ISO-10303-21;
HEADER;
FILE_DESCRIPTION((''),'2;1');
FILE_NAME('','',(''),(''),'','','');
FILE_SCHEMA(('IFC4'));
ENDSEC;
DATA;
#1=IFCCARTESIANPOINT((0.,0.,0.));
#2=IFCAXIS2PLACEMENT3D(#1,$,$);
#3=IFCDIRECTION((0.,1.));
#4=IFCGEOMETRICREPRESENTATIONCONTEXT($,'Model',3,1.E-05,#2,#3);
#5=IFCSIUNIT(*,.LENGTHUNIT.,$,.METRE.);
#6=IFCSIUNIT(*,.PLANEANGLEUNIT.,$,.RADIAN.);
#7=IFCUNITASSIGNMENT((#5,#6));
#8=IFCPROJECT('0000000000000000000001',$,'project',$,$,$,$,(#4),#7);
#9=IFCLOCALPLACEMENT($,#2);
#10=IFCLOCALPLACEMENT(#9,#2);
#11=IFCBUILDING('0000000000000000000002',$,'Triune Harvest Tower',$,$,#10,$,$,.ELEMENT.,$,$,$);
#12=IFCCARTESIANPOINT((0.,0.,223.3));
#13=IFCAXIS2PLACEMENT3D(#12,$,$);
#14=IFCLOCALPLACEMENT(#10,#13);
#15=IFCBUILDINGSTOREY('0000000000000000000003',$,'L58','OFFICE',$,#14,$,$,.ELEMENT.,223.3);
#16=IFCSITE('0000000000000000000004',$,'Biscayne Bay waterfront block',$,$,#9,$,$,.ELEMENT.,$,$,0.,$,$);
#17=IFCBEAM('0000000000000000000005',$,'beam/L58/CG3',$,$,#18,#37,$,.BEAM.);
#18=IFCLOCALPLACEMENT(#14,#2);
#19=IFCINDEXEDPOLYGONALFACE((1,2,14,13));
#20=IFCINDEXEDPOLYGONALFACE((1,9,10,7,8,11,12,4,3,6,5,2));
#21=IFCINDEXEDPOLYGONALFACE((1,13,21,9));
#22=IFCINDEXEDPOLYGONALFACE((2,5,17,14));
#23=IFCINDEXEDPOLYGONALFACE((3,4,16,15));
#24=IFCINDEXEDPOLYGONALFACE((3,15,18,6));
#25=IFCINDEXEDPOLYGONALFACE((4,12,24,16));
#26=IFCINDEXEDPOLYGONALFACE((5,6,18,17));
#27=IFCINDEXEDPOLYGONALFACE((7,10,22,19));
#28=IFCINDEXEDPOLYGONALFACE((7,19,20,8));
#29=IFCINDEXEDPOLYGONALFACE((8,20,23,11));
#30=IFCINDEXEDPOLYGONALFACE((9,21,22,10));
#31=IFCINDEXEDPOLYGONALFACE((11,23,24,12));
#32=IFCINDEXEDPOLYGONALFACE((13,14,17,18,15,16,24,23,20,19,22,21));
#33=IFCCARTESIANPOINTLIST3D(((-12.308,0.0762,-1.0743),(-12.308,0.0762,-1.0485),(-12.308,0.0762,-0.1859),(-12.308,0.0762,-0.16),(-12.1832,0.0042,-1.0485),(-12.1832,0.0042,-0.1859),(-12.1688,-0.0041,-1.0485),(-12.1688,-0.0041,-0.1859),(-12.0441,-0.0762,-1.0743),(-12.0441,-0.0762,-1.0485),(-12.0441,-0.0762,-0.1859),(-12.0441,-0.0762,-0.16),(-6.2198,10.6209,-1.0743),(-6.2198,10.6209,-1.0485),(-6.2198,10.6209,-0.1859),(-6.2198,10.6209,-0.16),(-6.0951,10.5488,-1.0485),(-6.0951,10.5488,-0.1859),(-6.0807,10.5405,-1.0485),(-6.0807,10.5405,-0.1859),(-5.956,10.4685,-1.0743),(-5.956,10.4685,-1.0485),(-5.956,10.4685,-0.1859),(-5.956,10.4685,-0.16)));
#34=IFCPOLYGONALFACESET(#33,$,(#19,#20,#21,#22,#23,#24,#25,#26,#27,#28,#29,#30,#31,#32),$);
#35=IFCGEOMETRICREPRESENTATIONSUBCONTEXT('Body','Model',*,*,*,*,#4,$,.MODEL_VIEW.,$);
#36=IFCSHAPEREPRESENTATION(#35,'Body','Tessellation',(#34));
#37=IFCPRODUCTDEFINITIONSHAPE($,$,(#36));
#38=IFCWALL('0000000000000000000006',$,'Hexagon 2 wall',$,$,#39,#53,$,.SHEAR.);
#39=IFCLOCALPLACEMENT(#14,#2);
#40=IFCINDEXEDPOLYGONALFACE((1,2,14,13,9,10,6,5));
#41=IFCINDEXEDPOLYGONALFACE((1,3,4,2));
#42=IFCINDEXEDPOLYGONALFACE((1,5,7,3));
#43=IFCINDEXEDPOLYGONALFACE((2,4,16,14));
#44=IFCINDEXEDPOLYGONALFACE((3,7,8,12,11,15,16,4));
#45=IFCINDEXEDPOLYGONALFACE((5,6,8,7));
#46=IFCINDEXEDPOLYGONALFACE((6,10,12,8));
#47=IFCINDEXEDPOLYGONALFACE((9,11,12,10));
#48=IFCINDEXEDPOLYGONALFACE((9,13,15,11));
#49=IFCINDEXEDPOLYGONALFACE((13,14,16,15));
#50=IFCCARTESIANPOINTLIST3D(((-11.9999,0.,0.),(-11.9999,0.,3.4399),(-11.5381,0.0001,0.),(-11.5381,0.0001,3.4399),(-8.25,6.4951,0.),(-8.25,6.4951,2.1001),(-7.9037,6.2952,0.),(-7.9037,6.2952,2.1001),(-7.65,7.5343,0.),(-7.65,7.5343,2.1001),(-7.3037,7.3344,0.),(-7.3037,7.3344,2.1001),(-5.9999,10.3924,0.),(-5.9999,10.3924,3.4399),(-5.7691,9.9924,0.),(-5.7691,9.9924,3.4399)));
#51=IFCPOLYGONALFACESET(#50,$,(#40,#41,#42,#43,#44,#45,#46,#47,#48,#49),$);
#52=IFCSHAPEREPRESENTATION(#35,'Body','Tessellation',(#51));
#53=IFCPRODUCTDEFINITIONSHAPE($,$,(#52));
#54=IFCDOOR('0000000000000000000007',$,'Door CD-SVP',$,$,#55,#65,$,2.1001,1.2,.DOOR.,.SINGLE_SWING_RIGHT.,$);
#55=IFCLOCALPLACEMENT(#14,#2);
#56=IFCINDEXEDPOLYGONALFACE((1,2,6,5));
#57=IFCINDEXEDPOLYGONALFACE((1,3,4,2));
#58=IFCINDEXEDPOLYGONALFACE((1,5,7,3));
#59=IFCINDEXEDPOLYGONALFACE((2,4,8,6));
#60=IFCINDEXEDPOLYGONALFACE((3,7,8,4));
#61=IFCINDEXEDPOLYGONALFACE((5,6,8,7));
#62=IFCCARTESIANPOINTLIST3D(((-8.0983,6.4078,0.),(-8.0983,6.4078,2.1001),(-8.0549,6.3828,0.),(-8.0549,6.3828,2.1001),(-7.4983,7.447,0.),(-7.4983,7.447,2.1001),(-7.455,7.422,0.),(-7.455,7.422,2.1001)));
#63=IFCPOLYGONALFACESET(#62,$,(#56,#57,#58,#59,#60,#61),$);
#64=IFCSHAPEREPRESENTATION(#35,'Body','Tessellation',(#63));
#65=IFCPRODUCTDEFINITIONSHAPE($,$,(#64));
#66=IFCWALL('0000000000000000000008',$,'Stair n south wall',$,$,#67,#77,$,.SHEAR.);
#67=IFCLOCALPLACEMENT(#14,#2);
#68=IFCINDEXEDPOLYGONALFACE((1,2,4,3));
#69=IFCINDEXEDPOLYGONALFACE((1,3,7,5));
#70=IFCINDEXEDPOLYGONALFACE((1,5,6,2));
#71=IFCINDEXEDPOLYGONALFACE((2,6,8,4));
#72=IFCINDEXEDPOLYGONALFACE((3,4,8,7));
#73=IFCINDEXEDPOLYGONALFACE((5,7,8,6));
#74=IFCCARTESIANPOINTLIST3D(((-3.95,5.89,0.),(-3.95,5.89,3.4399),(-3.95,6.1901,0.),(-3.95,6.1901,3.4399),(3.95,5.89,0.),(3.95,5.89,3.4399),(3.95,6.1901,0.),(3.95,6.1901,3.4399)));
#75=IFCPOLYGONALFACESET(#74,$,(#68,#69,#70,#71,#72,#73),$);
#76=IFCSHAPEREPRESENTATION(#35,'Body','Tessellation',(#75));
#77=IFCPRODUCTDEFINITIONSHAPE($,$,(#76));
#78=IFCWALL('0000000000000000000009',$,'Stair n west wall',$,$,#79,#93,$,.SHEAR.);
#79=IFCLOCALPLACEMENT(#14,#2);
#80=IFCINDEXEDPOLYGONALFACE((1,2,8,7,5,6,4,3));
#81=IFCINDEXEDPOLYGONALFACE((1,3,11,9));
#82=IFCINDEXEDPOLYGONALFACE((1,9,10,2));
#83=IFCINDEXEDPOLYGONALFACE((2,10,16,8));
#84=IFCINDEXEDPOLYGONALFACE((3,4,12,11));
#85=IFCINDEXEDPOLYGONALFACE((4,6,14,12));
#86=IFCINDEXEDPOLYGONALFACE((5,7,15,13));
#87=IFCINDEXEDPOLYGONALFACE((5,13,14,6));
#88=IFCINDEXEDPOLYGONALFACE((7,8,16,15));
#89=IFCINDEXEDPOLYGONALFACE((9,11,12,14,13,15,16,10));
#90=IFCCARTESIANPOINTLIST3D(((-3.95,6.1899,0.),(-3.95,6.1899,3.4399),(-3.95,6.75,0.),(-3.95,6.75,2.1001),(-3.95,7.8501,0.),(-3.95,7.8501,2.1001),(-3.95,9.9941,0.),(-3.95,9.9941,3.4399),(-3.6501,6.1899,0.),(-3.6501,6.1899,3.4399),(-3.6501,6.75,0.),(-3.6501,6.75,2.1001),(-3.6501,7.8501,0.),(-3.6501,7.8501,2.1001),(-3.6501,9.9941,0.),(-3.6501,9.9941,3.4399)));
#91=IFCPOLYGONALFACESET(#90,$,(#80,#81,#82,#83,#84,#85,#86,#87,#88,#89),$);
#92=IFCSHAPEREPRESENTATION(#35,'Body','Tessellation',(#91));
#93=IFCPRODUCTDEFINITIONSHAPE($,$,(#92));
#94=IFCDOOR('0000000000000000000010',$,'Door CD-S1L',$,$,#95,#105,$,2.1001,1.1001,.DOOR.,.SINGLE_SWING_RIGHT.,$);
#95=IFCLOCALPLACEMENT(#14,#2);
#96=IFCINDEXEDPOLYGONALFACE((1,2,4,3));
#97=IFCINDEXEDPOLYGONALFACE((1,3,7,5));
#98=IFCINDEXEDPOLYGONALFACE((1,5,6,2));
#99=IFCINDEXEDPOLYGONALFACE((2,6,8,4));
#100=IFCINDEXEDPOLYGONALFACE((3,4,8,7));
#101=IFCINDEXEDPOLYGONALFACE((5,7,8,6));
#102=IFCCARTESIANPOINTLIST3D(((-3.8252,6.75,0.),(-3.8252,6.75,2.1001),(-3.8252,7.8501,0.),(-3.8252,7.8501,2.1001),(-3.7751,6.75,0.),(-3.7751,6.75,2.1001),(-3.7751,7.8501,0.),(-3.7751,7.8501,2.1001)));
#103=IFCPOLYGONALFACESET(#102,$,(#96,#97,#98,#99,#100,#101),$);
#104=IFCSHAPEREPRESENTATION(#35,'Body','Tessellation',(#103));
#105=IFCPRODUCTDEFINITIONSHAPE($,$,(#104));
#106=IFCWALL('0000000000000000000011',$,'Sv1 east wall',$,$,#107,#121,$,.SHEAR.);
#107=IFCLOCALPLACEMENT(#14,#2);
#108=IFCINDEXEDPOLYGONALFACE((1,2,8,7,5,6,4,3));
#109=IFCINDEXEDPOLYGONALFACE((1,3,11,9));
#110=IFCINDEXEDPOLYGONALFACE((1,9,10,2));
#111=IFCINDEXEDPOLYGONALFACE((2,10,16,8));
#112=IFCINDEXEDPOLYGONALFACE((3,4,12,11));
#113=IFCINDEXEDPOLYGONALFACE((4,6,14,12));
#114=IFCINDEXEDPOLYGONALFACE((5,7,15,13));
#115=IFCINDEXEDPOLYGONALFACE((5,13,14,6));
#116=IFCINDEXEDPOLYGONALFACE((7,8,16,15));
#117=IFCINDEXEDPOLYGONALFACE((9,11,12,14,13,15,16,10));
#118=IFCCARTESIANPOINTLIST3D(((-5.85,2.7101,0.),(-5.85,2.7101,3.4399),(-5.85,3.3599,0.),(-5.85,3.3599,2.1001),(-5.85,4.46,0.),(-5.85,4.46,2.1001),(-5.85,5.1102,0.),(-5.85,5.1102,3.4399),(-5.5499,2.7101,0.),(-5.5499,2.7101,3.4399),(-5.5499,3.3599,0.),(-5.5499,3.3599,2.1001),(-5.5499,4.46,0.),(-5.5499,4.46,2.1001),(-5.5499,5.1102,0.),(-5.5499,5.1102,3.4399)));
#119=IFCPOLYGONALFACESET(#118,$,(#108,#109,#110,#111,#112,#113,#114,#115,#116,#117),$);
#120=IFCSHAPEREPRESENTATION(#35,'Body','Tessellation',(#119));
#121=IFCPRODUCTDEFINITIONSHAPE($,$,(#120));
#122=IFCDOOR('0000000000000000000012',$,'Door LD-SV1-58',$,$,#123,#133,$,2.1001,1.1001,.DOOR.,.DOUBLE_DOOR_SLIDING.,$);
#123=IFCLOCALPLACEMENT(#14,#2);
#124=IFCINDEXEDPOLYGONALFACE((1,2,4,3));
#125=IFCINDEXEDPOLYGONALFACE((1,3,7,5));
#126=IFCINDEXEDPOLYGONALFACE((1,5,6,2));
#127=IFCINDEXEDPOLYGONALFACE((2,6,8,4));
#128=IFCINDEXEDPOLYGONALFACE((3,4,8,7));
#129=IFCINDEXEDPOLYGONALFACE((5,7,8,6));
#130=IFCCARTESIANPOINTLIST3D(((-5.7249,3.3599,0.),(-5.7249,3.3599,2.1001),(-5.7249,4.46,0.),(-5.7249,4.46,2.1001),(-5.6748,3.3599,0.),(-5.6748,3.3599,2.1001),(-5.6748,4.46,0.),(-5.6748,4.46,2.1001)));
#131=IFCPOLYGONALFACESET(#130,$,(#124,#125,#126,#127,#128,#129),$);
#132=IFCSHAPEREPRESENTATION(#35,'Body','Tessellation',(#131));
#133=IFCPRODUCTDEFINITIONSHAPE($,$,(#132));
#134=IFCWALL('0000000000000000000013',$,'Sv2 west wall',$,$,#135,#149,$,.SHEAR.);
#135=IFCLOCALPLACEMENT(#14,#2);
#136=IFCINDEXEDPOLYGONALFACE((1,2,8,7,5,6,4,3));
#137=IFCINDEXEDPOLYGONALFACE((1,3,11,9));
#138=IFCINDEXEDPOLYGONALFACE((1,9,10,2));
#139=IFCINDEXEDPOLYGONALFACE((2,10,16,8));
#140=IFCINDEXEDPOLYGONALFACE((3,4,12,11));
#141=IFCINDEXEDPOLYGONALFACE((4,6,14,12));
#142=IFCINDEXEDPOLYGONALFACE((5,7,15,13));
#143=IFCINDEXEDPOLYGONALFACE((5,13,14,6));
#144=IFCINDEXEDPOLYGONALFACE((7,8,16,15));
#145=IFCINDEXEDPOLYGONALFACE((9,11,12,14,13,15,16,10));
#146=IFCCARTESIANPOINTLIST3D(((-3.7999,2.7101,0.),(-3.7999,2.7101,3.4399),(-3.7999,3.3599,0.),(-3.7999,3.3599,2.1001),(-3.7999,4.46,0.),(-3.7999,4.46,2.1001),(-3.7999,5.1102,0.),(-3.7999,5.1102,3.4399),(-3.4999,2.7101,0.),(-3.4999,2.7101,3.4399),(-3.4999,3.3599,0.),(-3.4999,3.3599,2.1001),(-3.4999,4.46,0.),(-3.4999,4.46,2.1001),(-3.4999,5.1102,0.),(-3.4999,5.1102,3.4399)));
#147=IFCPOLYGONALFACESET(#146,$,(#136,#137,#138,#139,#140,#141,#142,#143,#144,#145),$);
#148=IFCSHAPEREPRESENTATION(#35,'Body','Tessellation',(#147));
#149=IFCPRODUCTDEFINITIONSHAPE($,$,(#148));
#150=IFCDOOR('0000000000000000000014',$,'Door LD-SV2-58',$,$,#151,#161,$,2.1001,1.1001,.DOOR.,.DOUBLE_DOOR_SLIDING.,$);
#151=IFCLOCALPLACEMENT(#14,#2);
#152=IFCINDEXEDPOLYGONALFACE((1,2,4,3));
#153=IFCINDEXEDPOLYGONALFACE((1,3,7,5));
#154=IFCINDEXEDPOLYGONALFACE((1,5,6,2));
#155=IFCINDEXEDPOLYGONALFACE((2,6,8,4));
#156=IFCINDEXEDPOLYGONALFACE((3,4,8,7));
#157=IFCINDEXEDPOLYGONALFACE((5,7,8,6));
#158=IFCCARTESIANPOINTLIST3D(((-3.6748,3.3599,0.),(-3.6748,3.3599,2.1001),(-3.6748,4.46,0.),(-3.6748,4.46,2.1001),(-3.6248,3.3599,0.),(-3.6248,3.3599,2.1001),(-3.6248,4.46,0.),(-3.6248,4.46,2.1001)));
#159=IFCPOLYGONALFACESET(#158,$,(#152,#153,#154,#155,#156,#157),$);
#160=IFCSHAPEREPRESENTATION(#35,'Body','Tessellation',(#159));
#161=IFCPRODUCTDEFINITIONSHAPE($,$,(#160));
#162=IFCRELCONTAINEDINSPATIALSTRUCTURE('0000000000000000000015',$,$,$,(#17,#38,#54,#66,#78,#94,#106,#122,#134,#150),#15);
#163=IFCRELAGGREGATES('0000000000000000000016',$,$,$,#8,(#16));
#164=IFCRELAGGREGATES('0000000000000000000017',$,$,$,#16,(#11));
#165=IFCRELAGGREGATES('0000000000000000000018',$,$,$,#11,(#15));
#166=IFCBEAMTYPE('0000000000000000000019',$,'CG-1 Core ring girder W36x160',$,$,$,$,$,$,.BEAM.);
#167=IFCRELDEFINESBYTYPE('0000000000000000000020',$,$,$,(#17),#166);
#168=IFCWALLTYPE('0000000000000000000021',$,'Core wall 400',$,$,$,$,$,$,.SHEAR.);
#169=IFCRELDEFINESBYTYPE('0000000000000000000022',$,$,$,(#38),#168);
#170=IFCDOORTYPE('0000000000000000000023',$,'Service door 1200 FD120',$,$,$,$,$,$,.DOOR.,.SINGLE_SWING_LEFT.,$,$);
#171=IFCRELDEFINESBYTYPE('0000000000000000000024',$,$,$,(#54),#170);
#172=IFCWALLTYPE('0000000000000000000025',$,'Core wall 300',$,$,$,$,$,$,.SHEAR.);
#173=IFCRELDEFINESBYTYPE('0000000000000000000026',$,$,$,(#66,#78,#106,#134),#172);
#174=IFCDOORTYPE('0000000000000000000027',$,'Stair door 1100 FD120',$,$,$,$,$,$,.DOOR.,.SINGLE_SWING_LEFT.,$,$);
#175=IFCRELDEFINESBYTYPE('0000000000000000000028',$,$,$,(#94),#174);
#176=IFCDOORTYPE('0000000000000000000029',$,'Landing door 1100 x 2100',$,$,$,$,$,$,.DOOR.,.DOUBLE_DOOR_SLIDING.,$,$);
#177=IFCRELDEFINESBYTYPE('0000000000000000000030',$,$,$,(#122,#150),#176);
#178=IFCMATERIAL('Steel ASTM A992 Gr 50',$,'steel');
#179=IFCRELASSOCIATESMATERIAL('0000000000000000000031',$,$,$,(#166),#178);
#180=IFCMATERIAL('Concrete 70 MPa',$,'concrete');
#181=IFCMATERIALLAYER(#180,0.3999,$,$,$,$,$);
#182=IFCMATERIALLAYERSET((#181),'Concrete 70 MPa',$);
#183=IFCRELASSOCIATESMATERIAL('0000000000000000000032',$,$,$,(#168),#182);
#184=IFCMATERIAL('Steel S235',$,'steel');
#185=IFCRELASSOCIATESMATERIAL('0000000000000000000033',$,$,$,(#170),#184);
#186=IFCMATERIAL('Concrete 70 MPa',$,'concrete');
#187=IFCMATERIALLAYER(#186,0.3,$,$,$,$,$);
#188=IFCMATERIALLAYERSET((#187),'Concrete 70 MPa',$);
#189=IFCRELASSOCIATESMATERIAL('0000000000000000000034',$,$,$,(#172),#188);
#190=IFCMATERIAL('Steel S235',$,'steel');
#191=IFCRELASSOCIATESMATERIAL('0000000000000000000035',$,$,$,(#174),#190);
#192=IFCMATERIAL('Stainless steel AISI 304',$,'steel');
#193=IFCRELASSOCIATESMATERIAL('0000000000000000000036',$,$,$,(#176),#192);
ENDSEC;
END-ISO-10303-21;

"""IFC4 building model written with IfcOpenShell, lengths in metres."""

from ifc_helpers import new_model, si_unit, direction, frame, frame_2d, origin, origin_2d, place, context, subcontext, project, spatial, polyline, rectangle, i_section, outline, extrude, source, transform, mapped, material, layer, layer_set, material_profile, profile_set, type_object, element, fill, save


model = new_model("IFC4")

# Units and contexts
model_context = context("Model", 3, precision=1e-05, world=origin(), true_north=direction((0.0, 1.0)))
body_context = subcontext(model_context, "Body", "Model", "MODEL_VIEW")
ifc_project = project(units=[si_unit("LENGTHUNIT", "METRE"), si_unit("PLANEANGLEUNIT", "RADIAN")], contexts=[model_context])

# Site, building, storey
site_placement = place(None, origin())
site = spatial("IfcSite", under=ifc_project, at=site_placement, Name="Biscayne Bay waterfront block", CompositionType="ELEMENT", RefElevation=0.0)
building_placement = place(site_placement, origin())
building = spatial("IfcBuilding", under=site, at=building_placement, Name="Triune Harvest Tower", CompositionType="ELEMENT")
storey_placement = place(building_placement, frame((0.0, 0.0, 223.3)))
storey = spatial("IfcBuildingStorey", under=building, at=storey_placement, Name="L58", Description="OFFICE", CompositionType="ELEMENT", Elevation=223.3)

# Beam
ifc_material_1 = material(Name="Steel ASTM A992 Gr 50", Category="steel")
ifc_material_profile = material_profile(ifc_material_1, i_section(OverallWidth=0.3047, OverallDepth=0.9143, WebThickness=0.0166, FlangeThickness=0.0259, at=origin_2d()), Name="W36x160")
ifc_profile_set = profile_set([ifc_material_profile], Name="Steel ASTM A992 Gr 50")
beam_type = type_object("IfcBeamType", Name="CG-1 Core ring girder W36x160", PredefinedType="BEAM", material=ifc_profile_set)
shared_shape_1 = source(origin(), body_context, "Body", "SweptSolid", [
    extrude(i_section(OverallWidth=0.3047, OverallDepth=0.9143, WebThickness=0.0166, FlangeThickness=0.0259, at=origin_2d()), origin(), (0.0, 0.0, 1.0), 12.176),
])
beam_placement = place(storey_placement, frame((-6.0879, 10.5447, -0.6172), z_axis=(-0.50001, -0.86602, 0.0), x_axis=(0.86602, -0.50001, 0.0)))
element("IfcBeam", 1, at=beam_placement, inside=storey, type_object=beam_type, Name="beam/L58/CG3", PredefinedType="BEAM", context=body_context, shape_type="MappedRepresentation", body=[
    mapped(shared_shape_1, transform((0.0, 0.0, 0.0), scale=1.0)),
])

# Wall, opening, door
ifc_material_2 = material(Name="Concrete 70 MPa", Category="concrete")
ifc_layer_1 = layer(ifc_material_2, 0.3999)
ifc_layer_set_1 = layer_set([ifc_layer_1], Name="Concrete 70 MPa")
wall_type_1 = type_object("IfcWallType", Name="Core wall 400", PredefinedType="SHEAR", material=ifc_layer_set_1)
shared_shape_2 = source(origin(), body_context, "Body", "SweptSolid", [
    extrude(outline(polyline([(-0.1155, -0.2), (11.8845, -0.2), (11.6536, 0.2), (0.1155, 0.2), (-0.1155, -0.2)])), origin(), (0.0, 0.0, 1.0), 3.4399),
])
wall_1_placement = place(storey_placement, frame((-5.8845, 10.1924, 0.0), z_axis=(0.0, 0.0, 1.0), x_axis=(-0.499997, -0.866027, 0.0)))
wall_1 = element("IfcWall", 2, at=wall_1_placement, inside=storey, type_object=wall_type_1, Name="Hexagon 2 wall", PredefinedType="SHEAR", context=body_context, shape_type="MappedRepresentation", body=[
    mapped(shared_shape_2, transform((0.0, 0.0, 0.0), scale=1.0)),
])
opening_1_placement = place(wall_1_placement, frame((3.1846, 0.0, 0.0)))
opening_1 = element("IfcOpeningElement", 3, at=opening_1_placement, cuts=wall_1, PredefinedType="OPENING", context=body_context, shape_type="SweptSolid", body=[
    extrude(rectangle(XDim=1.2, YDim=2.1001, at=frame_2d((0.6001, 1.05))), frame((0.0, 0.21, 0.0), z_axis=(0.0, -1.0, 0.0), x_axis=(1.0, 0.0, 0.0)), (0.0, 0.0, 1.0), 0.4199),
])
ifc_material_3 = material(Name="Steel S235", Category="steel")
door_type_1 = type_object("IfcDoorType", Name="Service door 1200 FD120", OperationType="SINGLE_SWING_LEFT", PredefinedType="DOOR", material=ifc_material_3)
door_1_placement = place(opening_1_placement, frame((1.2, 0.0, 0.0), z_axis=(0.0, 0.0, 1.0), x_axis=(-1.0, 0.0, 0.0)))
door_1 = element("IfcDoor", 4, at=door_1_placement, inside=storey, type_object=door_type_1, Name="Door CD-SVP", OperationType="SINGLE_SWING_RIGHT", OverallHeight=2.1001, OverallWidth=1.2, PredefinedType="DOOR", context=body_context, shape_type="SweptSolid", body=[
    extrude(rectangle(XDim=1.2, YDim=2.1001, at=frame_2d((0.6001, 1.05))), frame((0.0, 0.0249, 0.0), z_axis=(0.0, -1.0, 0.0), x_axis=(1.0, 0.0, 0.0)), (0.0, 0.0, 1.0), 0.05),
])
fill(opening_1, door_1)

# Wall
ifc_material_4 = material(Name="Concrete 70 MPa", Category="concrete")
ifc_layer_2 = layer(ifc_material_4, 0.3)
ifc_layer_set_2 = layer_set([ifc_layer_2], Name="Concrete 70 MPa")
wall_type_2 = type_object("IfcWallType", Name="Core wall 300", PredefinedType="SHEAR", material=ifc_layer_set_2)
shared_shape_3 = source(origin(), body_context, "Body", "SweptSolid", [
    extrude(rectangle(XDim=7.8999, YDim=0.3, at=frame_2d((3.95, 0.0))), origin(), (0.0, 0.0, 1.0), 3.4399),
])
wall_2_placement = place(storey_placement, frame((-3.95, 6.04, 0.0), z_axis=(0.0, 0.0, 1.0), x_axis=(1.0, 0.0, 0.0)))
element("IfcWall", 5, at=wall_2_placement, inside=storey, type_object=wall_type_2, Name="Stair n south wall", PredefinedType="SHEAR", context=body_context, shape_type="MappedRepresentation", body=[
    mapped(shared_shape_3, transform((0.0, 0.0, 0.0), scale=1.0)),
])

# Walls, openings, doors
shared_shape_4 = source(origin(), body_context, "Body", "SweptSolid", [
    extrude(outline(polyline([(0.0, -0.1499), (0.0, 0.1499), (3.8042, 0.1499), (3.8042, -0.1499), (0.0, -0.1499)])), origin(), (0.0, 0.0, 1.0), 3.4399),
])
wall_3_placement = place(storey_placement, frame((-3.8, 6.1899, 0.0), z_axis=(0.0, 0.0, 1.0), x_axis=(0.0, 1.0, 0.0)))
wall_3 = element("IfcWall", 6, at=wall_3_placement, inside=storey, type_object=wall_type_2, Name="Stair n west wall", PredefinedType="SHEAR", context=body_context, shape_type="MappedRepresentation", body=[
    mapped(shared_shape_4, transform((0.0, 0.0, 0.0), scale=1.0)),
])
opening_2_placement = place(wall_3_placement, frame((0.5601, 0.0, 0.0)))
opening_2 = element("IfcOpeningElement", 7, at=opening_2_placement, cuts=wall_3, PredefinedType="OPENING", context=body_context, shape_type="SweptSolid", body=[
    extrude(rectangle(XDim=1.1001, YDim=2.1001, at=frame_2d((0.55, 1.05))), frame((0.0, 0.1602, 0.0), z_axis=(0.0, -1.0, 0.0), x_axis=(1.0, 0.0, 0.0)), (0.0, 0.0, 1.0), 0.3201),
])
ifc_material_5 = material(Name="Steel S235", Category="steel")
door_type_2 = type_object("IfcDoorType", Name="Stair door 1100 FD120", OperationType="SINGLE_SWING_LEFT", PredefinedType="DOOR", material=ifc_material_5)
door_2_placement = place(opening_2_placement, frame((1.1001, 0.0, 0.0), z_axis=(0.0, 0.0, 1.0), x_axis=(-1.0, 0.0, 0.0)))
door_2 = element("IfcDoor", 8, at=door_2_placement, inside=storey, type_object=door_type_2, Name="Door CD-S1L", OperationType="SINGLE_SWING_RIGHT", OverallHeight=2.1001, OverallWidth=1.1001, PredefinedType="DOOR", context=body_context, shape_type="SweptSolid", body=[
    extrude(rectangle(XDim=1.1001, YDim=2.1001, at=frame_2d((0.55, 1.05))), frame((0.0, 0.0249, 0.0), z_axis=(0.0, -1.0, 0.0), x_axis=(1.0, 0.0, 0.0)), (0.0, 0.0, 1.0), 0.05),
])
fill(opening_2, door_2)
shared_shape_5 = source(origin(), body_context, "Body", "SweptSolid", [
    extrude(rectangle(XDim=2.4001, YDim=0.3, at=frame_2d((1.2002, 0.0))), origin(), (0.0, 0.0, 1.0), 3.4399),
])
wall_4_placement = place(storey_placement, frame((-5.7, 2.71, 0.0), z_axis=(0.0, 0.0, 1.0), x_axis=(0.0, 1.0, 0.0)))
wall_4 = element("IfcWall", 9, at=wall_4_placement, inside=storey, type_object=wall_type_2, Name="Sv1 east wall", PredefinedType="SHEAR", context=body_context, shape_type="MappedRepresentation", body=[
    mapped(shared_shape_5, transform((0.0, 0.0, 0.0), scale=1.0)),
])
opening_3_placement = place(wall_4_placement, frame((0.6499, 0.0, 0.0)))
opening_3 = element("IfcOpeningElement", 10, at=opening_3_placement, cuts=wall_4, PredefinedType="OPENING", context=body_context, shape_type="SweptSolid", body=[
    extrude(rectangle(XDim=1.1001, YDim=2.1001, at=frame_2d((0.55, 1.05))), frame((0.0, 0.1602, 0.0), z_axis=(0.0, -1.0, 0.0), x_axis=(1.0, 0.0, 0.0)), (0.0, 0.0, 1.0), 0.3201),
])
ifc_material_6 = material(Name="Stainless steel AISI 304", Category="steel")
door_type_3 = type_object("IfcDoorType", Name="Landing door 1100 x 2100", OperationType="DOUBLE_DOOR_SLIDING", PredefinedType="DOOR", material=ifc_material_6)
door_3_placement = place(opening_3_placement, origin())
door_3 = element("IfcDoor", 11, at=door_3_placement, inside=storey, type_object=door_type_3, Name="Door LD-SV1-58", OperationType="DOUBLE_DOOR_SLIDING", OverallHeight=2.1001, OverallWidth=1.1001, PredefinedType="DOOR", context=body_context, shape_type="SweptSolid", body=[
    extrude(rectangle(XDim=1.1001, YDim=2.1001, at=frame_2d((0.55, 1.05))), frame((0.0, 0.0249, 0.0), z_axis=(0.0, -1.0, 0.0), x_axis=(1.0, 0.0, 0.0)), (0.0, 0.0, 1.0), 0.05),
])
fill(opening_3, door_3)
wall_5_placement = place(storey_placement, frame((-3.6499, 2.71, 0.0), z_axis=(0.0, 0.0, 1.0), x_axis=(0.0, 1.0, 0.0)))
wall_5 = element("IfcWall", 12, at=wall_5_placement, inside=storey, type_object=wall_type_2, Name="Sv2 west wall", PredefinedType="SHEAR", context=body_context, shape_type="MappedRepresentation", body=[
    mapped(shared_shape_5, transform((0.0, 0.0, 0.0), scale=1.0)),
])
opening_4_placement = place(wall_5_placement, frame((0.6499, 0.0, 0.0)))
opening_4 = element("IfcOpeningElement", 13, at=opening_4_placement, cuts=wall_5, PredefinedType="OPENING", context=body_context, shape_type="SweptSolid", body=[
    extrude(rectangle(XDim=1.1001, YDim=2.1001, at=frame_2d((0.55, 1.05))), frame((0.0, 0.1602, 0.0), z_axis=(0.0, -1.0, 0.0), x_axis=(1.0, 0.0, 0.0)), (0.0, 0.0, 1.0), 0.3201),
])
door_4_placement = place(opening_4_placement, origin())
door_4 = element("IfcDoor", 14, at=door_4_placement, inside=storey, type_object=door_type_3, Name="Door LD-SV2-58", OperationType="DOUBLE_DOOR_SLIDING", OverallHeight=2.1001, OverallWidth=1.1001, PredefinedType="DOOR", context=body_context, shape_type="SweptSolid", body=[
    extrude(rectangle(XDim=1.1001, YDim=2.1001, at=frame_2d((0.55, 1.05))), frame((0.0, 0.0249, 0.0), z_axis=(0.0, -1.0, 0.0), x_axis=(1.0, 0.0, 0.0)), (0.0, 0.0, 1.0), 0.05),
])
fill(opening_4, door_4)

save(model, "model.ifc")
